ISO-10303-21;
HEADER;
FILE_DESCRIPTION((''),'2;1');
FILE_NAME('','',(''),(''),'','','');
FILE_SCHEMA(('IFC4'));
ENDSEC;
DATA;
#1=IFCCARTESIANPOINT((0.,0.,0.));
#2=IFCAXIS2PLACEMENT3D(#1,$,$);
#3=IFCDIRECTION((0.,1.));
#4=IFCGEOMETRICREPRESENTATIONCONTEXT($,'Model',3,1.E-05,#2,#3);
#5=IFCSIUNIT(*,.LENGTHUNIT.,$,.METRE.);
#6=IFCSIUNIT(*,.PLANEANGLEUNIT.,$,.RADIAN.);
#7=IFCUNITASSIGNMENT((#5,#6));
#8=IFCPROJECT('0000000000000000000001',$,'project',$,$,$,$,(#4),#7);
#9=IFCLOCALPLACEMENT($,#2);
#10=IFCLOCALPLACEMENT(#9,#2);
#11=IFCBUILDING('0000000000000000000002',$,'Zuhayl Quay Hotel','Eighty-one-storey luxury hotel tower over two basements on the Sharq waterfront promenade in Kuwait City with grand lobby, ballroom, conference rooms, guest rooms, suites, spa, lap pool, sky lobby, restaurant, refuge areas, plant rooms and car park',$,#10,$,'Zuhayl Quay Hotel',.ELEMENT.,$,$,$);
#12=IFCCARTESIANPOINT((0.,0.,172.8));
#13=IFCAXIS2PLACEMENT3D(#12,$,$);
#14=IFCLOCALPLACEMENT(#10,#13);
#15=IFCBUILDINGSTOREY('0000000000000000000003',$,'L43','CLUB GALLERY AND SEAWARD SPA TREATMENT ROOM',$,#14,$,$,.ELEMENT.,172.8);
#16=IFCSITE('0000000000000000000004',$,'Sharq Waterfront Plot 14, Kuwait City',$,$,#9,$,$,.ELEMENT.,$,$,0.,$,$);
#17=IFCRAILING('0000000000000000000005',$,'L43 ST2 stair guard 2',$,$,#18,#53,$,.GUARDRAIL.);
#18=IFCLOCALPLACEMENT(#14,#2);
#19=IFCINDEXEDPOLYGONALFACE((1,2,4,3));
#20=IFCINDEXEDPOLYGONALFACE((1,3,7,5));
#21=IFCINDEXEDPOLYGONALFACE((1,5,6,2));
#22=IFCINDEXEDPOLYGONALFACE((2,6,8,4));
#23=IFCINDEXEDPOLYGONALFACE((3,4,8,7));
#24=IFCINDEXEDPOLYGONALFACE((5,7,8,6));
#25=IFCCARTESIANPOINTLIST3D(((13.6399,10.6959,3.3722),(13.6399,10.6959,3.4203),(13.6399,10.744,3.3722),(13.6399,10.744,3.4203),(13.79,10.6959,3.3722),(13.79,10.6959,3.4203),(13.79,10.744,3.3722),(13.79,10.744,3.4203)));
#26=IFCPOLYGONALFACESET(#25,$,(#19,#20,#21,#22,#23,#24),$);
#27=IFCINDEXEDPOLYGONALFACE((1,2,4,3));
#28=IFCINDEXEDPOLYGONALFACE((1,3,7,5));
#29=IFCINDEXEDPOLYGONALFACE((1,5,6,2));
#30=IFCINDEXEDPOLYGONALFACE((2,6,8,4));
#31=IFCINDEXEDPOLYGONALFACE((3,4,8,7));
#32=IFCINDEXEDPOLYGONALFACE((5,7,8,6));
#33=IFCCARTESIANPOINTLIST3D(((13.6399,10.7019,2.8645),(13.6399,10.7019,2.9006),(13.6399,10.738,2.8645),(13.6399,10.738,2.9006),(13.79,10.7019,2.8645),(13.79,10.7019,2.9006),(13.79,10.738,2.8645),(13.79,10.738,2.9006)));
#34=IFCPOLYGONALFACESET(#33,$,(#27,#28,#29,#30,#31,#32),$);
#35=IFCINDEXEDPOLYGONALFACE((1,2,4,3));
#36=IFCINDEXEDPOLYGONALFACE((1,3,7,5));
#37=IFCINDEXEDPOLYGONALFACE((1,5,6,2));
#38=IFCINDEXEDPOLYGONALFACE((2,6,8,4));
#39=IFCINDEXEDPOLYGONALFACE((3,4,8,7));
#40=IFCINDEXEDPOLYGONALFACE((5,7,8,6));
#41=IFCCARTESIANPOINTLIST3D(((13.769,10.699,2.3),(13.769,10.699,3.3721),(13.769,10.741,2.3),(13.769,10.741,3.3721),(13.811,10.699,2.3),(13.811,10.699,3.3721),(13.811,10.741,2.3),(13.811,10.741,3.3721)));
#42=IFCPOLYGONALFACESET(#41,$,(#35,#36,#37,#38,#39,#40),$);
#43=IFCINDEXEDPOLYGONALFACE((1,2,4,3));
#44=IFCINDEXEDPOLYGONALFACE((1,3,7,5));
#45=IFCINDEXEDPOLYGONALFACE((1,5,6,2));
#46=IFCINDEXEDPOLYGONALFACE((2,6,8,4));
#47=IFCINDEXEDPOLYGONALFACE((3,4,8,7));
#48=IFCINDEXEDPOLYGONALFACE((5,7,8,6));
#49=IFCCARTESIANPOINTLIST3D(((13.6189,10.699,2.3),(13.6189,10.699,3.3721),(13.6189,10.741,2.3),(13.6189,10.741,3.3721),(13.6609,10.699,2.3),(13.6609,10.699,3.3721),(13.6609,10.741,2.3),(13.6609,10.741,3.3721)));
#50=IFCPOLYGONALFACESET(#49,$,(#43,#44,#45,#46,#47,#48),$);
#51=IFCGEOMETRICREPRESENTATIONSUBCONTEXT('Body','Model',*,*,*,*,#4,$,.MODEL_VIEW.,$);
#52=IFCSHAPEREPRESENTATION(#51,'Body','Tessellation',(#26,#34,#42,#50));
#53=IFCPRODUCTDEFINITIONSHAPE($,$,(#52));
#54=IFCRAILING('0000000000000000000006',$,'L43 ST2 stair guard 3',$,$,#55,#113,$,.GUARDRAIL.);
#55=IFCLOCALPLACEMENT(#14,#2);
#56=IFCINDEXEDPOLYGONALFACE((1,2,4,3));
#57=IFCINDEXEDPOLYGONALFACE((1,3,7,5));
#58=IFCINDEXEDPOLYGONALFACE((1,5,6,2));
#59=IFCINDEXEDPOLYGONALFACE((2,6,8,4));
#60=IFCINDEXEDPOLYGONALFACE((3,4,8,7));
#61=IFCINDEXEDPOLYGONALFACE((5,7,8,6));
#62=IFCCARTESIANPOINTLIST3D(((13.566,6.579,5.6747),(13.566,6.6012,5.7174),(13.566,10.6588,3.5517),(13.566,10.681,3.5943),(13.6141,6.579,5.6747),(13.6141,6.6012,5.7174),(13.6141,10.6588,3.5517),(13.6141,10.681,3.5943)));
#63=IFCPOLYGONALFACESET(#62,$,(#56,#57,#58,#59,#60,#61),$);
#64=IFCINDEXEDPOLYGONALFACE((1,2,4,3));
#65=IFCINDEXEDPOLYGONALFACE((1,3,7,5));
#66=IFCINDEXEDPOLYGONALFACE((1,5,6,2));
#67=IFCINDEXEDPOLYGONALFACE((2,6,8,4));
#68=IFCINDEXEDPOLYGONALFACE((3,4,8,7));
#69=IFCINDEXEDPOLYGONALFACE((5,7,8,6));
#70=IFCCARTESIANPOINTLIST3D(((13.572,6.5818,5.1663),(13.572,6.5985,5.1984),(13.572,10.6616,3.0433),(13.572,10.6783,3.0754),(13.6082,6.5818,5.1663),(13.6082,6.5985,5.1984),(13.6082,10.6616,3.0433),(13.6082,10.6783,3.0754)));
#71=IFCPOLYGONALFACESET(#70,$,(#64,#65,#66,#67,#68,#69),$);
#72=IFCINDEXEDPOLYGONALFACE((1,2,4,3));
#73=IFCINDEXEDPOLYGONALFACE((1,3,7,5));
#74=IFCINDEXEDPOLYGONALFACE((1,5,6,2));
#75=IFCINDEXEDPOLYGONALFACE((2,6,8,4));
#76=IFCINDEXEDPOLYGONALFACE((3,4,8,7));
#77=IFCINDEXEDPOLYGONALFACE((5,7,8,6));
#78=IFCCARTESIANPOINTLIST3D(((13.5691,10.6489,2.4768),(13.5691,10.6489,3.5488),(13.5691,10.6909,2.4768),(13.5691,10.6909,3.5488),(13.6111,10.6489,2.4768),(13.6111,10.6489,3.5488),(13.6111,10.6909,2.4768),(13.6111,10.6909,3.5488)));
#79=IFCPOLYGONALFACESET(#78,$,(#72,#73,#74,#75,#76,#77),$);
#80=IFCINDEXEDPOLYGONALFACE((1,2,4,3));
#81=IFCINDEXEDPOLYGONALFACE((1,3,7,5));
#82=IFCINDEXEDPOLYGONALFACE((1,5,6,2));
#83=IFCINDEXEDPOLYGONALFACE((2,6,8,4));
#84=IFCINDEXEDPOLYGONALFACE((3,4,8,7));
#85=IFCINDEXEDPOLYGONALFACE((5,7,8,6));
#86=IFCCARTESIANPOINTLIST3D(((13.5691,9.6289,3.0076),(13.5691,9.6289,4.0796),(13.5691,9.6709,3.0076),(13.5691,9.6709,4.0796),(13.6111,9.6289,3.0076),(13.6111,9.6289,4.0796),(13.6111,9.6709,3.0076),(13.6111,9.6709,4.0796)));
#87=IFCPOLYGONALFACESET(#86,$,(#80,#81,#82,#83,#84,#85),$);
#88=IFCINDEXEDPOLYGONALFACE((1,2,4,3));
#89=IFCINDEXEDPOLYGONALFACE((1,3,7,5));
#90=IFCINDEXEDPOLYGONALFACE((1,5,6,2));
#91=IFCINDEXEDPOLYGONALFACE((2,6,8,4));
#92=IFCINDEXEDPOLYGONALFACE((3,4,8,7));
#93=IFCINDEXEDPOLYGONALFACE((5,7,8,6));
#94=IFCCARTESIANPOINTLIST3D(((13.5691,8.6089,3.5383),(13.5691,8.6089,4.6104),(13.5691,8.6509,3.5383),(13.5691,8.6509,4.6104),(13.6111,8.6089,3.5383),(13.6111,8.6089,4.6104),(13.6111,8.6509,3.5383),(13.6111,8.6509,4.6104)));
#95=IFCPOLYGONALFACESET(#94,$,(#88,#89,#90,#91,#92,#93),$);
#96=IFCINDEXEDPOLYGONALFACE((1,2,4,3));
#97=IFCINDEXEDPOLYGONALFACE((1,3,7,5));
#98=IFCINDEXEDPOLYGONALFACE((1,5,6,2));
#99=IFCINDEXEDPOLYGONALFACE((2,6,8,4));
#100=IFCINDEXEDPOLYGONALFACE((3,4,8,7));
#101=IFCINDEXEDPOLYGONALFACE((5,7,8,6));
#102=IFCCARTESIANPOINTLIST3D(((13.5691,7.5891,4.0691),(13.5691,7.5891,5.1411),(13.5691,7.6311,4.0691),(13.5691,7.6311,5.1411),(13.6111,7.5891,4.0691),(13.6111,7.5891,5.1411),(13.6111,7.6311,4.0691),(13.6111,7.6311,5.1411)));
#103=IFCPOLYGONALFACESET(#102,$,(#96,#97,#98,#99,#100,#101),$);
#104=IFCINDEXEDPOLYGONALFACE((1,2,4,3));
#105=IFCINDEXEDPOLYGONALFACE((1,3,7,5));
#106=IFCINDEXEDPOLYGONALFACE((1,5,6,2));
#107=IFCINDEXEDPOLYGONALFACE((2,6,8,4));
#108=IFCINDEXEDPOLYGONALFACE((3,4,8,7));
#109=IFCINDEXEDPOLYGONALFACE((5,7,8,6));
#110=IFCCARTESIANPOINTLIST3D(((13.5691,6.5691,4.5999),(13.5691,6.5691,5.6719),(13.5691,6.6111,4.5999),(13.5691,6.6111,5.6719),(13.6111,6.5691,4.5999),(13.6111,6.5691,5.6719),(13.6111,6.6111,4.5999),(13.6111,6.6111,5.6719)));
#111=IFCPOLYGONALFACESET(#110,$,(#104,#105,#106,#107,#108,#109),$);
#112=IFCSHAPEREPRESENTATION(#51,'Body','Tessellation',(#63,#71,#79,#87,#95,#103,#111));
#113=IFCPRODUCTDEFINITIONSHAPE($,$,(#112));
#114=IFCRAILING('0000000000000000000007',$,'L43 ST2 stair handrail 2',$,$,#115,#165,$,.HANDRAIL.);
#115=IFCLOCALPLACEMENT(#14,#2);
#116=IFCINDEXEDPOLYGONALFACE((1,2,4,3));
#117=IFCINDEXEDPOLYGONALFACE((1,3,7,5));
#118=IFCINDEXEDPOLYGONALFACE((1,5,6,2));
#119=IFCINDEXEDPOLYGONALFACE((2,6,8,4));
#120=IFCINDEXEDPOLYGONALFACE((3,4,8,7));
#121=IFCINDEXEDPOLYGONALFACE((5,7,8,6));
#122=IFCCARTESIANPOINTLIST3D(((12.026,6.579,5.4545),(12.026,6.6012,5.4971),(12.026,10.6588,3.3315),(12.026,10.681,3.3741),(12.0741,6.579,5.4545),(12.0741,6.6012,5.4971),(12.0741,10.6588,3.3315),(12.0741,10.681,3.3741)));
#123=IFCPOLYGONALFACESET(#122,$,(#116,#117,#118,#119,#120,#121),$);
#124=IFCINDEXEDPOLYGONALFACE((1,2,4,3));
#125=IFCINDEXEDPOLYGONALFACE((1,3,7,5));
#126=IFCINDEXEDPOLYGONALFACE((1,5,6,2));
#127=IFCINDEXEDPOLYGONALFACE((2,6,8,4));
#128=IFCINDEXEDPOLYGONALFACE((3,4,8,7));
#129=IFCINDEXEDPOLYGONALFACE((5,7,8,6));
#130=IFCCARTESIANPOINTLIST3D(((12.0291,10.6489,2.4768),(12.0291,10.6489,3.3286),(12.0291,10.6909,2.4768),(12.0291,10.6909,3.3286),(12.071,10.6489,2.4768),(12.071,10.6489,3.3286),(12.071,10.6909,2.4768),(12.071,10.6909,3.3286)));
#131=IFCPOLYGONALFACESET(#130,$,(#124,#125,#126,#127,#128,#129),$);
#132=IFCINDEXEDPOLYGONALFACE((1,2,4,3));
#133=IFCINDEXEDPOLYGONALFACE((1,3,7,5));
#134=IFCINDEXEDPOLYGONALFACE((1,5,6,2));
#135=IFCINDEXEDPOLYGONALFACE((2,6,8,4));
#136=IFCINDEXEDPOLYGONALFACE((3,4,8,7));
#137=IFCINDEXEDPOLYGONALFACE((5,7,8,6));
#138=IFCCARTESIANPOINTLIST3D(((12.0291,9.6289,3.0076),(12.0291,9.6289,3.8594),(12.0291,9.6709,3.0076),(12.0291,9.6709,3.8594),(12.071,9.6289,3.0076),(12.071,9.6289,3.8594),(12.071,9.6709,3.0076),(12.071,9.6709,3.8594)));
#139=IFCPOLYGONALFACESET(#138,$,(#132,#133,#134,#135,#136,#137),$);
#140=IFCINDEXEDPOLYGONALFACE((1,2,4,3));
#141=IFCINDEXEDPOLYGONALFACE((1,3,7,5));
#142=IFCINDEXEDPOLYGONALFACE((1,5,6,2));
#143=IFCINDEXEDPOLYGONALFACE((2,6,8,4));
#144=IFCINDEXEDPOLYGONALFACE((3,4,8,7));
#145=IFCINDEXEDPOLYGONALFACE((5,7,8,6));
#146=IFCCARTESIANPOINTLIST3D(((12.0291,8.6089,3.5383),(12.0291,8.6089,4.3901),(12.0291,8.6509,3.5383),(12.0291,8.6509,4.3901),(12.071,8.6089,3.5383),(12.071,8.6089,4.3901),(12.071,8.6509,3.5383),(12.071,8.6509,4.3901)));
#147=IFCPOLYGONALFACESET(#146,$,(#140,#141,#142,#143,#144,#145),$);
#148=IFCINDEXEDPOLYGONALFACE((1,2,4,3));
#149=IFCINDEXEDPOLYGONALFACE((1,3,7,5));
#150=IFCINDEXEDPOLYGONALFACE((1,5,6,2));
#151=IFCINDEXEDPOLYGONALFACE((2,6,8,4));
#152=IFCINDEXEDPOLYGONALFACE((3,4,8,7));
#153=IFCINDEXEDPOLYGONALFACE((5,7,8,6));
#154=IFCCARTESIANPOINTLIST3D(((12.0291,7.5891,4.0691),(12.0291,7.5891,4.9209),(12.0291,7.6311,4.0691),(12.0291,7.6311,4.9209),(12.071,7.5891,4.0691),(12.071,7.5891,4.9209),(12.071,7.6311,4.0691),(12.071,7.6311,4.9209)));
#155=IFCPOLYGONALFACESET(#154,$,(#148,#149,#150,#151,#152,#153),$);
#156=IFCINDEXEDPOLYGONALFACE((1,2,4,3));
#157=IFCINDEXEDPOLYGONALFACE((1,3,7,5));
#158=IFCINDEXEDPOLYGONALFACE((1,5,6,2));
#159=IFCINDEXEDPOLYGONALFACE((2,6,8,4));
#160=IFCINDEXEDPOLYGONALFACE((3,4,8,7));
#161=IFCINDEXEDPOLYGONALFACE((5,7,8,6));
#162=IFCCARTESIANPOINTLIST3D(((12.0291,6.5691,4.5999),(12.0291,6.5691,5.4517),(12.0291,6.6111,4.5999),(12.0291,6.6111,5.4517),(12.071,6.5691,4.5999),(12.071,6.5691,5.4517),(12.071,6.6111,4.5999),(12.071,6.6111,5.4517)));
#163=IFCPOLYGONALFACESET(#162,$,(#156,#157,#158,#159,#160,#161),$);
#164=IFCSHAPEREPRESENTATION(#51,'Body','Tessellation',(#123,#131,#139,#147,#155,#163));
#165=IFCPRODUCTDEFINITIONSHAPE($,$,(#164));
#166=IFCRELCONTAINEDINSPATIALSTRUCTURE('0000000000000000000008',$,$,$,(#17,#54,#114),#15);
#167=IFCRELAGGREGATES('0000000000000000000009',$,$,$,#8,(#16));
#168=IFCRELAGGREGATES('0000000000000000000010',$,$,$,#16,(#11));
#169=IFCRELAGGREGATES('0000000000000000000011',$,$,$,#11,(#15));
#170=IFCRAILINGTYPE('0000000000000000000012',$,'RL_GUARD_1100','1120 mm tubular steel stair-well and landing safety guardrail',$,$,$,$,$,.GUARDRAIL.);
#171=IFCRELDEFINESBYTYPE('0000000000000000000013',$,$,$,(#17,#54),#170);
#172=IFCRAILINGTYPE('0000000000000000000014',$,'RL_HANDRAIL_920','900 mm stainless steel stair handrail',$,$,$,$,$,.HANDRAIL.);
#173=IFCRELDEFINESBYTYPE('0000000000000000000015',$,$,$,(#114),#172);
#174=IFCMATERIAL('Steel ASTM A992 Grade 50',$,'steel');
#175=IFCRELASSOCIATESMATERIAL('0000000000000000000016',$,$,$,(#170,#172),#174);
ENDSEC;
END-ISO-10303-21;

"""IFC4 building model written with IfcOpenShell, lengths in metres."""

from ifc_helpers import new_model, si_unit, direction, frame, origin, origin_2d, place, context, subcontext, project, spatial, rectangle, extrude, material, type_object, element, save


model = new_model("IFC4")

# Units and contexts
model_context = context("Model", 3, precision=1e-05, world=origin(), true_north=direction((0.0, 1.0)))
body_context = subcontext(model_context, "Body", "Model", "MODEL_VIEW")
ifc_project = project(units=[si_unit("LENGTHUNIT", "METRE"), si_unit("PLANEANGLEUNIT", "RADIAN")], contexts=[model_context])

# Site, building, storey
site_placement = place(None, origin())
site = spatial("IfcSite", under=ifc_project, at=site_placement, Name="Sharq Waterfront Plot 14, Kuwait City", CompositionType="ELEMENT", RefElevation=0.0)
building_placement = place(site_placement, origin())
building = spatial("IfcBuilding", under=site, at=building_placement, Name="Zuhayl Quay Hotel", Description="Eighty-one-storey luxury hotel tower over two basements on the Sharq waterfront promenade in Kuwait City with grand lobby, ballroom, conference rooms, guest rooms, suites, spa, lap pool, sky lobby, restaurant, refuge areas, plant rooms and car park", LongName="Zuhayl Quay Hotel", CompositionType="ELEMENT")
storey_placement = place(building_placement, frame((0.0, 0.0, 172.8)))
storey = spatial("IfcBuildingStorey", under=building, at=storey_placement, Name="L43", Description="CLUB GALLERY AND SEAWARD SPA TREATMENT ROOM", CompositionType="ELEMENT", Elevation=172.8)

# Shared definitions
ifc_material_1 = material(Name="Steel ASTM A992 Grade 50", Category="steel")

# Railings
railing_type_1 = type_object("IfcRailingType", Name="RL_GUARD_1100", Description="1120 mm tubular steel stair-well and landing safety guardrail", PredefinedType="GUARDRAIL", material=ifc_material_1)
railing_1_placement = place(storey_placement, frame((13.79, 10.72, 2.3)))
element("IfcRailing", 1, at=railing_1_placement, inside=storey, type_object=railing_type_1, Name="L43 ST2 stair guard 2", PredefinedType="GUARDRAIL", context=body_context, shape_type="SweptSolid", body=[
    extrude(rectangle(XDim=0.0481, YDim=0.0481, at=origin_2d()), frame((0.0, 0.0, 1.0962), z_axis=(-1.0, 0.0, 0.0), x_axis=(0.0, -1.0, 0.0)), (0.0, 0.0, 1.0), 0.1501),
    extrude(rectangle(XDim=0.0361, YDim=0.0361, at=origin_2d()), frame((0.0, 0.0, 0.5825), z_axis=(-1.0, 0.0, 0.0), x_axis=(0.0, -1.0, 0.0)), (0.0, 0.0, 1.0), 0.1501),
    extrude(rectangle(XDim=0.042, YDim=0.042, at=origin_2d()), origin(), (0.0, 0.0, 1.0), 1.072),
    extrude(rectangle(XDim=0.042, YDim=0.042, at=origin_2d()), frame((-0.1501, 0.0, 0.0)), (0.0, 0.0, 1.0), 1.072),
])
railing_2_placement = place(storey_placement, frame((13.5901, 10.6699, 2.4768)))
element("IfcRailing", 2, at=railing_2_placement, inside=storey, type_object=railing_type_1, Name="L43 ST2 stair guard 3", PredefinedType="GUARDRAIL", context=body_context, shape_type="SweptSolid", body=[
    extrude(rectangle(XDim=0.0481, YDim=0.0481, at=origin_2d()), frame((0.0, 0.0, 1.0962), z_axis=(0.0, -0.88708, 0.461615), x_axis=(1.0, 0.0, 0.0)), (0.0, 0.0, 1.0), 4.5991),
    extrude(rectangle(XDim=0.0361, YDim=0.0361, at=origin_2d()), frame((0.0, 0.0, 0.5825), z_axis=(0.0, -0.88708, 0.461615), x_axis=(1.0, 0.0, 0.0)), (0.0, 0.0, 1.0), 4.5991),
    extrude(rectangle(XDim=0.042, YDim=0.042, at=origin_2d()), origin(), (0.0, 0.0, 1.0), 1.072),
    extrude(rectangle(XDim=0.042, YDim=0.042, at=origin_2d()), frame((0.0, -1.02, 0.5308)), (0.0, 0.0, 1.0), 1.072),
    extrude(rectangle(XDim=0.042, YDim=0.042, at=origin_2d()), frame((0.0, -2.04, 1.0615)), (0.0, 0.0, 1.0), 1.072),
    extrude(rectangle(XDim=0.042, YDim=0.042, at=origin_2d()), frame((0.0, -3.0598, 1.5923)), (0.0, 0.0, 1.0), 1.072),
    extrude(rectangle(XDim=0.042, YDim=0.042, at=origin_2d()), frame((0.0, -4.0798, 2.123)), (0.0, 0.0, 1.0), 1.072),
])
railing_type_2 = type_object("IfcRailingType", Name="RL_HANDRAIL_920", Description="900 mm stainless steel stair handrail", PredefinedType="HANDRAIL", material=ifc_material_1)
railing_3_placement = place(storey_placement, frame((12.05, 10.6699, 2.4768)))
element("IfcRailing", 3, at=railing_3_placement, inside=storey, type_object=railing_type_2, Name="L43 ST2 stair handrail 2", PredefinedType="HANDRAIL", context=body_context, shape_type="SweptSolid", body=[
    extrude(rectangle(XDim=0.0481, YDim=0.0481, at=origin_2d()), frame((0.0, 0.0, 0.876), z_axis=(0.0, -0.88708, 0.461615), x_axis=(1.0, 0.0, 0.0)), (0.0, 0.0, 1.0), 4.5991),
    extrude(rectangle(XDim=0.042, YDim=0.042, at=origin_2d()), origin(), (0.0, 0.0, 1.0), 0.8518),
    extrude(rectangle(XDim=0.042, YDim=0.042, at=origin_2d()), frame((0.0, -1.02, 0.5308)), (0.0, 0.0, 1.0), 0.8518),
    extrude(rectangle(XDim=0.042, YDim=0.042, at=origin_2d()), frame((0.0, -2.04, 1.0615)), (0.0, 0.0, 1.0), 0.8518),
    extrude(rectangle(XDim=0.042, YDim=0.042, at=origin_2d()), frame((0.0, -3.0598, 1.5923)), (0.0, 0.0, 1.0), 0.8518),
    extrude(rectangle(XDim=0.042, YDim=0.042, at=origin_2d()), frame((0.0, -4.0798, 2.123)), (0.0, 0.0, 1.0), 0.8518),
])

save(model, "model.ifc")
